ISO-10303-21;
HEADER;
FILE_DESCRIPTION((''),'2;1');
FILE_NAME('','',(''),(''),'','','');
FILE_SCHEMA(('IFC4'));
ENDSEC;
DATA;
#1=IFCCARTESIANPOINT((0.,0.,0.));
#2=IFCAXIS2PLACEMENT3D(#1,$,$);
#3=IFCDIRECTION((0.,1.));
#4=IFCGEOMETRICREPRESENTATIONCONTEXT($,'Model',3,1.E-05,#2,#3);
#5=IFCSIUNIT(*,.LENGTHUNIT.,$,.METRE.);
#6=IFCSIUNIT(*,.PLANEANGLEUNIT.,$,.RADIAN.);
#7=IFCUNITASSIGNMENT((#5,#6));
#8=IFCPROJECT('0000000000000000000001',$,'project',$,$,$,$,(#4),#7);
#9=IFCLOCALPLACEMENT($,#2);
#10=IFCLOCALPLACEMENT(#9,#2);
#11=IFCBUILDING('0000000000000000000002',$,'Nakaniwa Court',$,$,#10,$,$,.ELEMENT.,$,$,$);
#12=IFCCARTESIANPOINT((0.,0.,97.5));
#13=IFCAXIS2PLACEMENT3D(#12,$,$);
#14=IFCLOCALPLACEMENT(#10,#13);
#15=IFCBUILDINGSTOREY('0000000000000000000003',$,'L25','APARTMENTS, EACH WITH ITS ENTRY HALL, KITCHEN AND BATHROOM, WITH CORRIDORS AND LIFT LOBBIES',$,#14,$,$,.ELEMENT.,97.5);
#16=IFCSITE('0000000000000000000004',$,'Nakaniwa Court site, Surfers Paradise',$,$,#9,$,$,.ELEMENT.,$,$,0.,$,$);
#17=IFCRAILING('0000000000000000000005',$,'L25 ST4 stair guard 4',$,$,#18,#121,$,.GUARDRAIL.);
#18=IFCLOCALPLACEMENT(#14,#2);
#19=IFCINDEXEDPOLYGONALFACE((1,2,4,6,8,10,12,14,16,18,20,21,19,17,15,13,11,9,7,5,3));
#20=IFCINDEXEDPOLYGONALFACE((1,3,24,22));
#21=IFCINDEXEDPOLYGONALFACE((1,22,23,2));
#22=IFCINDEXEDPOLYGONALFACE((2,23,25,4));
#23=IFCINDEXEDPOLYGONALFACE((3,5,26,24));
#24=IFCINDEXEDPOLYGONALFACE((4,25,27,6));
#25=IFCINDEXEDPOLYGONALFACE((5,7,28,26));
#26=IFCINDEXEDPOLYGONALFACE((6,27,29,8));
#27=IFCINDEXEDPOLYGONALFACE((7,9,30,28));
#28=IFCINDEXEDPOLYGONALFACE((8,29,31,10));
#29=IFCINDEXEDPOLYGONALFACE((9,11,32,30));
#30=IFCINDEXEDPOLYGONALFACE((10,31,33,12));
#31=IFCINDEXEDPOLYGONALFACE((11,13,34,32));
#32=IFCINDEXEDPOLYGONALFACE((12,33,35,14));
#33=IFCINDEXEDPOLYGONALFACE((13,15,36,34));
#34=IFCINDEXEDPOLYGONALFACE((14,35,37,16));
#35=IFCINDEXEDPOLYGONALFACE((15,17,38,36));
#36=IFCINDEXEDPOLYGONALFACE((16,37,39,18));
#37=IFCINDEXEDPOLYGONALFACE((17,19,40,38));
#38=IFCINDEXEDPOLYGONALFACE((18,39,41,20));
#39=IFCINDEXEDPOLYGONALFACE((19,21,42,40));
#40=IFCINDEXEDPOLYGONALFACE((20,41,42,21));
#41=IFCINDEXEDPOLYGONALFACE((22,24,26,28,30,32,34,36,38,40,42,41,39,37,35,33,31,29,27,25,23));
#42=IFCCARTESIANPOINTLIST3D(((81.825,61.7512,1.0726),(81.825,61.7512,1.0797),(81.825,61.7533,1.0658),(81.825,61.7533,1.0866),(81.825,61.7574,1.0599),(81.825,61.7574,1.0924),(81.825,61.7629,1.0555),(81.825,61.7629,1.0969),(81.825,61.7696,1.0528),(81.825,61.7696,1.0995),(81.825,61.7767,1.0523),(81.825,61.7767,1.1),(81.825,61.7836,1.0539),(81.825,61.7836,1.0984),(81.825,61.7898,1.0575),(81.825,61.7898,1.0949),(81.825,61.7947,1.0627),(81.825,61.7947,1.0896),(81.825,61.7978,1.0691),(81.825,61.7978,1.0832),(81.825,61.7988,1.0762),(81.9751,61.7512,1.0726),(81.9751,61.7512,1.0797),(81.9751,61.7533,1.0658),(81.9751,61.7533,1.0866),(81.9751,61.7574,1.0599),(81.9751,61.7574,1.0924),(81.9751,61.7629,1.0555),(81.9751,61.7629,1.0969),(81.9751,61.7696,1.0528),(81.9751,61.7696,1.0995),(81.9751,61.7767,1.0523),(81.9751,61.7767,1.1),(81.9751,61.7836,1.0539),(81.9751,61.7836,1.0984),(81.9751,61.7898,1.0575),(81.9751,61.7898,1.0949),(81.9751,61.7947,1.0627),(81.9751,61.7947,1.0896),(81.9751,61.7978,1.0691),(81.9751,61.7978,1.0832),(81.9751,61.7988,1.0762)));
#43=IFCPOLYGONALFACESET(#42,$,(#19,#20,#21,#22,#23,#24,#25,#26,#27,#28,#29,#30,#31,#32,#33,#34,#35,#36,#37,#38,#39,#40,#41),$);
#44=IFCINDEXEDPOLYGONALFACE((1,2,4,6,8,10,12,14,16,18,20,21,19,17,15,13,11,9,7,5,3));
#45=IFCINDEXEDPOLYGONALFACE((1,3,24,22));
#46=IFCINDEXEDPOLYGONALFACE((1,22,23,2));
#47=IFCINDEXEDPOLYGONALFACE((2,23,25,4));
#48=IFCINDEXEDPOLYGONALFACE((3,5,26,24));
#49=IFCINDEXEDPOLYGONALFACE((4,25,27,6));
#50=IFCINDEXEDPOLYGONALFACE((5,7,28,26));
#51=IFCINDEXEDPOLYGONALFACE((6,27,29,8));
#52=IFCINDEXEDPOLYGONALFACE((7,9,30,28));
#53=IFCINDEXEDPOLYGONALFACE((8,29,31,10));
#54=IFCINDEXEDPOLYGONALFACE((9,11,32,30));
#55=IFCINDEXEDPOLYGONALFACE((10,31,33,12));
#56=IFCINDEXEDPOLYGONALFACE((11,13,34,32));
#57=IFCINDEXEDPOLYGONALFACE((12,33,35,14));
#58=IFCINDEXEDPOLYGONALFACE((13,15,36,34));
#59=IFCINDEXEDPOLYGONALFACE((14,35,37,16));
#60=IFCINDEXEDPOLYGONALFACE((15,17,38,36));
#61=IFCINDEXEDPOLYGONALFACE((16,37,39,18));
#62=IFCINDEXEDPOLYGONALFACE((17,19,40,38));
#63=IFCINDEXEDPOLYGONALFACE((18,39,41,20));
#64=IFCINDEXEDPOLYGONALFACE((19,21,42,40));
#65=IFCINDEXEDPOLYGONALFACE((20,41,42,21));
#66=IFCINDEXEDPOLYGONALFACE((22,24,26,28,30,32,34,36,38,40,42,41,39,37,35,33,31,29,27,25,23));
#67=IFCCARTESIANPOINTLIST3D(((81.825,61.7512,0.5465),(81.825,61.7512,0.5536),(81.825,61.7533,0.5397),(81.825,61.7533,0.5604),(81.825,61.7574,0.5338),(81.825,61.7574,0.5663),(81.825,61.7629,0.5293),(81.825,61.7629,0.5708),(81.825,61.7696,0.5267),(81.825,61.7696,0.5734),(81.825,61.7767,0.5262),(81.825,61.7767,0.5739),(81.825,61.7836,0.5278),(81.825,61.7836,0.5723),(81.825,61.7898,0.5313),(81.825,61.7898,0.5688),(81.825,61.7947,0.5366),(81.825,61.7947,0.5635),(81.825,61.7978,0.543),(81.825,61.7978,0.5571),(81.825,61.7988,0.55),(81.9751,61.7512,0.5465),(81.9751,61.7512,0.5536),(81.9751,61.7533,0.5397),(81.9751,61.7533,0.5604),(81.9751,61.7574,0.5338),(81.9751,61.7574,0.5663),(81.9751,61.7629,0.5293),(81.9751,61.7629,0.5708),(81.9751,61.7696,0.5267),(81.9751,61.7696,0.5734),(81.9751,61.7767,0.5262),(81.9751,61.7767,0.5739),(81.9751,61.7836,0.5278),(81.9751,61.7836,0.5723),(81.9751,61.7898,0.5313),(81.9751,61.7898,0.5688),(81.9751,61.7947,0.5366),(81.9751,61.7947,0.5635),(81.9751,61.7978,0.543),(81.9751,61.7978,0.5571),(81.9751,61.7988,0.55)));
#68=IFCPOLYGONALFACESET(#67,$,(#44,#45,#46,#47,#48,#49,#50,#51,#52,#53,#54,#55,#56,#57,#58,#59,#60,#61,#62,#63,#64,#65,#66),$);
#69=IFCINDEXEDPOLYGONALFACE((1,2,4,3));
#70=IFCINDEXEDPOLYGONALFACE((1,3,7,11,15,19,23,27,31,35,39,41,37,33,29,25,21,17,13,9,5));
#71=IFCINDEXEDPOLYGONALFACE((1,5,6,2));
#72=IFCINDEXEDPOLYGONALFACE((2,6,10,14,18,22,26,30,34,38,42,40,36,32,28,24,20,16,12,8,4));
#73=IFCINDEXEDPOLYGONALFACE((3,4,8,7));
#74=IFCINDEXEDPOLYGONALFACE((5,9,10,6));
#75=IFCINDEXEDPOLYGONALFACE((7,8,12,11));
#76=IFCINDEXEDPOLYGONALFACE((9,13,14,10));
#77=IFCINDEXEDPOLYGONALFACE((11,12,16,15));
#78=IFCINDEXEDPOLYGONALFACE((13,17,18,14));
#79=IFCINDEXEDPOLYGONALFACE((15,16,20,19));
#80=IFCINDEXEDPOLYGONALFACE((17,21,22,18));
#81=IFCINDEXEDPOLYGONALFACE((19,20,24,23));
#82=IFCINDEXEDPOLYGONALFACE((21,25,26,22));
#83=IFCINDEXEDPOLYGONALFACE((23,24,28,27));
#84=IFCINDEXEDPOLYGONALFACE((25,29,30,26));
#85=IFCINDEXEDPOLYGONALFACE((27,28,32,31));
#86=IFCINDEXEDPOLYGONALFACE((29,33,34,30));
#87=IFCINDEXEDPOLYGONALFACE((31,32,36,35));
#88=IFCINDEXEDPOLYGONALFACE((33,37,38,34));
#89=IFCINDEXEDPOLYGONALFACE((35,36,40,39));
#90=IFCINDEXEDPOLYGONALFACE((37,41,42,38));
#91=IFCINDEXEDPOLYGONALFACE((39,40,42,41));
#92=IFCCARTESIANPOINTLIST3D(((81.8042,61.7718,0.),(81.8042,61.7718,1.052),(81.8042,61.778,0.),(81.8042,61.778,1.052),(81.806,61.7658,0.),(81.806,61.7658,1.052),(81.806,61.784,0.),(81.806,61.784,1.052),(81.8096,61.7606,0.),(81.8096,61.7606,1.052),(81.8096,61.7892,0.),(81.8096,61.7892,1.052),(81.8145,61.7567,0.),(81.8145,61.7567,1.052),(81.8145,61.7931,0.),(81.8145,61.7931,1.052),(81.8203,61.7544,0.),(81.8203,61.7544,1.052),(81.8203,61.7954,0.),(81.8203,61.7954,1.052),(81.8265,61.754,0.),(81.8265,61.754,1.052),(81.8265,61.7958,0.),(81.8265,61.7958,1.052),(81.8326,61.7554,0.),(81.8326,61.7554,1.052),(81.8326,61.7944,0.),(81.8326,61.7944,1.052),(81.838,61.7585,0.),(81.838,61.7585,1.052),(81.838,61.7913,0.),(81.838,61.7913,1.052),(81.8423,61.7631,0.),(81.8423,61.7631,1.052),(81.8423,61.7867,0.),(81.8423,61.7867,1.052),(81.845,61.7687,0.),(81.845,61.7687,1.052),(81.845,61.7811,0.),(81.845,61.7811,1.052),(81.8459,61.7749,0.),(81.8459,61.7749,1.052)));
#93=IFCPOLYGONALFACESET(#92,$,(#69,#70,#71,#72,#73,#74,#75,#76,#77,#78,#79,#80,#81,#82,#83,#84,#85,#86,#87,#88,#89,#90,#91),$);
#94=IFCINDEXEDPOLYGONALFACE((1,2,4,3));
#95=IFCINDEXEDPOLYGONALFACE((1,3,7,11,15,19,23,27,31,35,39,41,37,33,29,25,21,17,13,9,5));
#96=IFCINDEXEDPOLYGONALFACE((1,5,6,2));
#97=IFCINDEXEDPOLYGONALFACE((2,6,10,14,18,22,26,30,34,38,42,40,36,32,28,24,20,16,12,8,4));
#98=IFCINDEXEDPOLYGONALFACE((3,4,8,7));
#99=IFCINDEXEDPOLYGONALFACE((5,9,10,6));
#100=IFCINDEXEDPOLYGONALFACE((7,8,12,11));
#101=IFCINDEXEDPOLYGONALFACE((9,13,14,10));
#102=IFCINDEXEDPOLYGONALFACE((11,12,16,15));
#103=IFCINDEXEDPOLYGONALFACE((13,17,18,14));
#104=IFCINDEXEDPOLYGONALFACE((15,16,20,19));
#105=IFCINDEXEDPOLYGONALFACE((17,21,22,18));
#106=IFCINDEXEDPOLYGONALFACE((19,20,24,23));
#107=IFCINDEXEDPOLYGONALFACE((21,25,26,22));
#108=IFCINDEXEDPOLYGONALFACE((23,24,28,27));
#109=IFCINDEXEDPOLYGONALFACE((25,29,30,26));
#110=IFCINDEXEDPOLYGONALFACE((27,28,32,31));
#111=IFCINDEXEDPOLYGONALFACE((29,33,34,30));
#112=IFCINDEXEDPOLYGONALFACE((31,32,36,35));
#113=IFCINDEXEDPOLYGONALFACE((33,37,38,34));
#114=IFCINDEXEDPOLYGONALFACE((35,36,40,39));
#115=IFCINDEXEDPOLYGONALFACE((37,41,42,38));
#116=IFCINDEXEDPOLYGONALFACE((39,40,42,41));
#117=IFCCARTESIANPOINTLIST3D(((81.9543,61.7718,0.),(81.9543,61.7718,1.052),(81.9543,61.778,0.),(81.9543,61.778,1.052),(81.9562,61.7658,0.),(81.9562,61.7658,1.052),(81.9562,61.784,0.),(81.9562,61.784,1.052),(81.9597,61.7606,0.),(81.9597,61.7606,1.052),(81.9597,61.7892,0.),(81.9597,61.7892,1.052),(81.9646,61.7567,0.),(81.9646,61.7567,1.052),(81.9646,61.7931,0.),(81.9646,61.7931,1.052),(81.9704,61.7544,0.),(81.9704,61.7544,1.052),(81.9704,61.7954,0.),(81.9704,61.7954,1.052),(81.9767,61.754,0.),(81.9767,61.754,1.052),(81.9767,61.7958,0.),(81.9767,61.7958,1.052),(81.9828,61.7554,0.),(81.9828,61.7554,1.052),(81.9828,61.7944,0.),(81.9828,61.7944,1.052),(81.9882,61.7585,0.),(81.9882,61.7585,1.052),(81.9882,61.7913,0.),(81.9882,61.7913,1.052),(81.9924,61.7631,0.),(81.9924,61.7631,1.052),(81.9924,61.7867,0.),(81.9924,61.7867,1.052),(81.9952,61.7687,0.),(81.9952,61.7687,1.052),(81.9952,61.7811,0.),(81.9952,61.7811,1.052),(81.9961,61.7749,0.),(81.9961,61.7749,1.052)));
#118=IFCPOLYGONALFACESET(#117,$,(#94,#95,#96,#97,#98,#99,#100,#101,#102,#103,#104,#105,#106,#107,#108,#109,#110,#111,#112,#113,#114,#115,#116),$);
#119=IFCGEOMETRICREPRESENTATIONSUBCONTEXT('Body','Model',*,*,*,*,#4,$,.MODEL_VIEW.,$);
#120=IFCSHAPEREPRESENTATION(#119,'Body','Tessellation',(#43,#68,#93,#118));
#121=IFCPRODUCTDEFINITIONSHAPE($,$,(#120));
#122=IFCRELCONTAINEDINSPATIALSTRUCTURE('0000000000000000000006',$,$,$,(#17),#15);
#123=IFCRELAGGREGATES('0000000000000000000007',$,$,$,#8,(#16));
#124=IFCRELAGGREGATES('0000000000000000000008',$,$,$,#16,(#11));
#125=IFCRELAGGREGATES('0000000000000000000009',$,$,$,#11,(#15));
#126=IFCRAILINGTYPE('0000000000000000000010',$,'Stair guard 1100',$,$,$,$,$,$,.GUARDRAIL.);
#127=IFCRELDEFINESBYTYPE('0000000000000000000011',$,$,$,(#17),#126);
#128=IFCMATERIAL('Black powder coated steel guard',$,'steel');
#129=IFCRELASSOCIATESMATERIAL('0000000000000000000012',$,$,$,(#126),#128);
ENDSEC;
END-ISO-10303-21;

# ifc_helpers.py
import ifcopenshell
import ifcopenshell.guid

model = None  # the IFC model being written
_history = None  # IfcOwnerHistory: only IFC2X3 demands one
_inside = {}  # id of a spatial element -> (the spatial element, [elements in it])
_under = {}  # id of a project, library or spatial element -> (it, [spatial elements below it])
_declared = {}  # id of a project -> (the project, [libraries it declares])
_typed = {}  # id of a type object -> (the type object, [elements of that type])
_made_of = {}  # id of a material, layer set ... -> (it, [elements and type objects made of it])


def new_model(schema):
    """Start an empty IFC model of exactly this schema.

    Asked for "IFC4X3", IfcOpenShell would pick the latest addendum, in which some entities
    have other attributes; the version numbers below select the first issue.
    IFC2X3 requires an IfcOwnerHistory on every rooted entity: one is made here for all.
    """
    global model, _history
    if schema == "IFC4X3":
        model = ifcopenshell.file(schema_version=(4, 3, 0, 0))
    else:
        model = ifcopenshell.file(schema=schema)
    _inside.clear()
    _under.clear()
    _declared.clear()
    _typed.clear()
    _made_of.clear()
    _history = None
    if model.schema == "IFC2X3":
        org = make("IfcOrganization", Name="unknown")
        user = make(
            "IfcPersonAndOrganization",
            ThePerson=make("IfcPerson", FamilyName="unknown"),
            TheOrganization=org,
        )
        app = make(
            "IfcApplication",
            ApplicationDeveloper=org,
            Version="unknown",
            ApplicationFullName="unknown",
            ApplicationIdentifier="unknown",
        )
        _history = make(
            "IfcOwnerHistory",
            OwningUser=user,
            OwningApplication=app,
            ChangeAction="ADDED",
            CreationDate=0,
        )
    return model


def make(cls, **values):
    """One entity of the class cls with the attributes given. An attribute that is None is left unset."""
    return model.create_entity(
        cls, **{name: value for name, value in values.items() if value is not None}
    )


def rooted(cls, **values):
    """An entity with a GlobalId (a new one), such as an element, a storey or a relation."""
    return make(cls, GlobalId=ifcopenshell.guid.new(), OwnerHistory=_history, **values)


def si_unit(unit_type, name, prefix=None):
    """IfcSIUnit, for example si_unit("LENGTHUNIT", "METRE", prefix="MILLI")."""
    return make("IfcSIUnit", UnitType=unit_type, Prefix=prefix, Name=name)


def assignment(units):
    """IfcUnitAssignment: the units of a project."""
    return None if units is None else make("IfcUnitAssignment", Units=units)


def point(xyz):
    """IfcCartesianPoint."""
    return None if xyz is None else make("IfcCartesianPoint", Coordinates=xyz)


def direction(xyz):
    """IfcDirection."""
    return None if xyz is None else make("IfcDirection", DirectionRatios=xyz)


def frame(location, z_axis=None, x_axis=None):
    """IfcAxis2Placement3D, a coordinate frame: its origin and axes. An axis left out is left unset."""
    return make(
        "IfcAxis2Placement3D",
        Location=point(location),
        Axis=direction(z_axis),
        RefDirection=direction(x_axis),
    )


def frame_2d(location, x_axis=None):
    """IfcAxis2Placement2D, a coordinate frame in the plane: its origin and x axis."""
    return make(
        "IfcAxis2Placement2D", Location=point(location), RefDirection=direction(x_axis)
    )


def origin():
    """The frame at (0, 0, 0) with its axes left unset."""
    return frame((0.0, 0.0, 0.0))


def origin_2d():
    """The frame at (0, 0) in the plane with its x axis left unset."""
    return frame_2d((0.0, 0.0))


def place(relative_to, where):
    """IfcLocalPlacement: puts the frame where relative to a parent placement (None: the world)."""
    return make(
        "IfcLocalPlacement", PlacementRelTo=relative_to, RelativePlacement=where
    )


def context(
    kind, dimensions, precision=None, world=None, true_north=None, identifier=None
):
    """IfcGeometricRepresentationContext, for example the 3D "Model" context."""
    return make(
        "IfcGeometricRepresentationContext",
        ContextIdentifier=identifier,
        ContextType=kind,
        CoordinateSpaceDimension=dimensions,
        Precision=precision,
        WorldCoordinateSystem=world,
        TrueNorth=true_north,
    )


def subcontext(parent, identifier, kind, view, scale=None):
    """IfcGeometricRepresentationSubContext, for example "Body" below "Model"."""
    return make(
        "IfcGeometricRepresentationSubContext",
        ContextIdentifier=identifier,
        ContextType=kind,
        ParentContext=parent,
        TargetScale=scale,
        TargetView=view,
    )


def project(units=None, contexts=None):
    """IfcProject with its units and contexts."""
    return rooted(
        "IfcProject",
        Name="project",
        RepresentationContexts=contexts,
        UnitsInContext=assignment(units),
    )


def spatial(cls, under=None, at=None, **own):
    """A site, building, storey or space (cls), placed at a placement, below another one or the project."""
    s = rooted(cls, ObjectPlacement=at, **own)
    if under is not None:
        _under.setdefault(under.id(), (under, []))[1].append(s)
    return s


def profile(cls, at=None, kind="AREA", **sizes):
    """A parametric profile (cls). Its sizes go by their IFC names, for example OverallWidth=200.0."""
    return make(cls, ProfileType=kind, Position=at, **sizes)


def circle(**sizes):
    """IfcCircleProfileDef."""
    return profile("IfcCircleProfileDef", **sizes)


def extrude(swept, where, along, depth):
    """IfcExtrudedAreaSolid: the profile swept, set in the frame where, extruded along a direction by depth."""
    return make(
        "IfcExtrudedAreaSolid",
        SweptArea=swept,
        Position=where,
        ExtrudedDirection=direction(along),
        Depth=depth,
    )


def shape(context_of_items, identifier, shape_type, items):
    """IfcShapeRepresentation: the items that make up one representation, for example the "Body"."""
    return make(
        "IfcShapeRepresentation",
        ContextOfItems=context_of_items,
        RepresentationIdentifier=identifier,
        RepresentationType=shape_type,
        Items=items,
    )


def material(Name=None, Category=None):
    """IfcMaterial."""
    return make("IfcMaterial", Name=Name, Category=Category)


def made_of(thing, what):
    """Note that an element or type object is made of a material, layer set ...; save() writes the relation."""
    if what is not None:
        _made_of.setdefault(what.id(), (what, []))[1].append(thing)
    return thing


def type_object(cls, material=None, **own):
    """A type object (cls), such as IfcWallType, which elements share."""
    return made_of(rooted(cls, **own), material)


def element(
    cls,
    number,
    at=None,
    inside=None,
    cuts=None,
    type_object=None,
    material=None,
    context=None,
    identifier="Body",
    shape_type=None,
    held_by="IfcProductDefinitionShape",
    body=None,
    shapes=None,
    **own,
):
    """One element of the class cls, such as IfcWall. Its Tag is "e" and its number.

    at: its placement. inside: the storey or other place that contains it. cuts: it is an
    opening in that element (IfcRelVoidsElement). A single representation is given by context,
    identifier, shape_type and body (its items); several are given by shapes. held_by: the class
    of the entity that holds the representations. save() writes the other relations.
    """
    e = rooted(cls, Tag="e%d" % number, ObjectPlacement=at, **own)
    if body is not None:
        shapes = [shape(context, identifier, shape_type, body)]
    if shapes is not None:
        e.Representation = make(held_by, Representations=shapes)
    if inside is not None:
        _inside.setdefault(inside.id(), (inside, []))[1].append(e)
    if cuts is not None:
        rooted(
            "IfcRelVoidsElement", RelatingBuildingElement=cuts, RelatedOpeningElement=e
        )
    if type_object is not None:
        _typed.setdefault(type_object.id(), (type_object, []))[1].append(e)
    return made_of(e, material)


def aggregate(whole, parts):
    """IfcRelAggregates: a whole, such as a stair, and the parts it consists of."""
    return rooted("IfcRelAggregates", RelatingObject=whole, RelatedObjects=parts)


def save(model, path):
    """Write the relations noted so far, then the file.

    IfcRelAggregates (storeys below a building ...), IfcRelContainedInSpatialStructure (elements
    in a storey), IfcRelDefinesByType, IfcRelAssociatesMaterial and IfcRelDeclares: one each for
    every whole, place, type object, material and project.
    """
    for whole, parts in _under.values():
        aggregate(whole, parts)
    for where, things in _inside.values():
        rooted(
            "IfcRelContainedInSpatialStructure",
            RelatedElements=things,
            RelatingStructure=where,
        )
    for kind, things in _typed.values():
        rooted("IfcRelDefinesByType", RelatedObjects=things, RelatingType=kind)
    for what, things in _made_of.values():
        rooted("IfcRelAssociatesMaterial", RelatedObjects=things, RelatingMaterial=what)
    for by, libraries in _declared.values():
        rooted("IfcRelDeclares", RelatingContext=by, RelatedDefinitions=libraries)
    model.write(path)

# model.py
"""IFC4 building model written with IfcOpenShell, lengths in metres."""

from ifc_helpers import new_model, si_unit, direction, frame, origin, origin_2d, place, context, subcontext, project, spatial, circle, extrude, material, type_object, element, save


model = new_model("IFC4")

# Units and contexts
model_context = context("Model", 3, precision=1e-05, world=origin(), true_north=direction((0.0, 1.0)))
body_context = subcontext(model_context, "Body", "Model", "MODEL_VIEW")
ifc_project = project(units=[si_unit("LENGTHUNIT", "METRE"), si_unit("PLANEANGLEUNIT", "RADIAN")], contexts=[model_context])

# Site, building, storey
site_placement = place(None, origin())
site = spatial("IfcSite", under=ifc_project, at=site_placement, Name="Nakaniwa Court site, Surfers Paradise", CompositionType="ELEMENT", RefElevation=0.0)
building_placement = place(site_placement, origin())
building = spatial("IfcBuilding", under=site, at=building_placement, Name="Nakaniwa Court", CompositionType="ELEMENT")
storey_placement = place(building_placement, frame((0.0, 0.0, 97.5)))
storey = spatial("IfcBuildingStorey", under=building, at=storey_placement, Name="L25", Description="APARTMENTS, EACH WITH ITS ENTRY HALL, KITCHEN AND BATHROOM, WITH CORRIDORS AND LIFT LOBBIES", CompositionType="ELEMENT", Elevation=97.5)

# Railing
ifc_material_1 = material(Name="Black powder coated steel guard", Category="steel")
railing_type_1 = type_object("IfcRailingType", Name="Stair guard 1100", PredefinedType="GUARDRAIL", material=ifc_material_1)
railing_1_placement = place(storey_placement, frame((81.825, 61.7749, 0.0)))
element("IfcRailing", 1, at=railing_1_placement, inside=storey, type_object=railing_type_1, Name="L25 ST4 stair guard 4", PredefinedType="GUARDRAIL", context=body_context, shape_type="SweptSolid", body=[
    extrude(circle(Radius=0.0239, at=origin_2d()), frame((0.0, 0.0, 1.0762), z_axis=(1.0, 0.0, 0.0), x_axis=(0.0, 1.0, 0.0)), (0.0, 0.0, 1.0), 0.1501),
    extrude(circle(Radius=0.0239, at=origin_2d()), frame((0.0, 0.0, 0.55), z_axis=(1.0, 0.0, 0.0), x_axis=(0.0, 1.0, 0.0)), (0.0, 0.0, 1.0), 0.1501),
    extrude(circle(Radius=0.021, at=origin_2d()), origin(), (0.0, 0.0, 1.0), 1.052),
    extrude(circle(Radius=0.021, at=origin_2d()), frame((0.1501, 0.0, 0.0)), (0.0, 0.0, 1.0), 1.052),
])

save(model, "model.ifc")
